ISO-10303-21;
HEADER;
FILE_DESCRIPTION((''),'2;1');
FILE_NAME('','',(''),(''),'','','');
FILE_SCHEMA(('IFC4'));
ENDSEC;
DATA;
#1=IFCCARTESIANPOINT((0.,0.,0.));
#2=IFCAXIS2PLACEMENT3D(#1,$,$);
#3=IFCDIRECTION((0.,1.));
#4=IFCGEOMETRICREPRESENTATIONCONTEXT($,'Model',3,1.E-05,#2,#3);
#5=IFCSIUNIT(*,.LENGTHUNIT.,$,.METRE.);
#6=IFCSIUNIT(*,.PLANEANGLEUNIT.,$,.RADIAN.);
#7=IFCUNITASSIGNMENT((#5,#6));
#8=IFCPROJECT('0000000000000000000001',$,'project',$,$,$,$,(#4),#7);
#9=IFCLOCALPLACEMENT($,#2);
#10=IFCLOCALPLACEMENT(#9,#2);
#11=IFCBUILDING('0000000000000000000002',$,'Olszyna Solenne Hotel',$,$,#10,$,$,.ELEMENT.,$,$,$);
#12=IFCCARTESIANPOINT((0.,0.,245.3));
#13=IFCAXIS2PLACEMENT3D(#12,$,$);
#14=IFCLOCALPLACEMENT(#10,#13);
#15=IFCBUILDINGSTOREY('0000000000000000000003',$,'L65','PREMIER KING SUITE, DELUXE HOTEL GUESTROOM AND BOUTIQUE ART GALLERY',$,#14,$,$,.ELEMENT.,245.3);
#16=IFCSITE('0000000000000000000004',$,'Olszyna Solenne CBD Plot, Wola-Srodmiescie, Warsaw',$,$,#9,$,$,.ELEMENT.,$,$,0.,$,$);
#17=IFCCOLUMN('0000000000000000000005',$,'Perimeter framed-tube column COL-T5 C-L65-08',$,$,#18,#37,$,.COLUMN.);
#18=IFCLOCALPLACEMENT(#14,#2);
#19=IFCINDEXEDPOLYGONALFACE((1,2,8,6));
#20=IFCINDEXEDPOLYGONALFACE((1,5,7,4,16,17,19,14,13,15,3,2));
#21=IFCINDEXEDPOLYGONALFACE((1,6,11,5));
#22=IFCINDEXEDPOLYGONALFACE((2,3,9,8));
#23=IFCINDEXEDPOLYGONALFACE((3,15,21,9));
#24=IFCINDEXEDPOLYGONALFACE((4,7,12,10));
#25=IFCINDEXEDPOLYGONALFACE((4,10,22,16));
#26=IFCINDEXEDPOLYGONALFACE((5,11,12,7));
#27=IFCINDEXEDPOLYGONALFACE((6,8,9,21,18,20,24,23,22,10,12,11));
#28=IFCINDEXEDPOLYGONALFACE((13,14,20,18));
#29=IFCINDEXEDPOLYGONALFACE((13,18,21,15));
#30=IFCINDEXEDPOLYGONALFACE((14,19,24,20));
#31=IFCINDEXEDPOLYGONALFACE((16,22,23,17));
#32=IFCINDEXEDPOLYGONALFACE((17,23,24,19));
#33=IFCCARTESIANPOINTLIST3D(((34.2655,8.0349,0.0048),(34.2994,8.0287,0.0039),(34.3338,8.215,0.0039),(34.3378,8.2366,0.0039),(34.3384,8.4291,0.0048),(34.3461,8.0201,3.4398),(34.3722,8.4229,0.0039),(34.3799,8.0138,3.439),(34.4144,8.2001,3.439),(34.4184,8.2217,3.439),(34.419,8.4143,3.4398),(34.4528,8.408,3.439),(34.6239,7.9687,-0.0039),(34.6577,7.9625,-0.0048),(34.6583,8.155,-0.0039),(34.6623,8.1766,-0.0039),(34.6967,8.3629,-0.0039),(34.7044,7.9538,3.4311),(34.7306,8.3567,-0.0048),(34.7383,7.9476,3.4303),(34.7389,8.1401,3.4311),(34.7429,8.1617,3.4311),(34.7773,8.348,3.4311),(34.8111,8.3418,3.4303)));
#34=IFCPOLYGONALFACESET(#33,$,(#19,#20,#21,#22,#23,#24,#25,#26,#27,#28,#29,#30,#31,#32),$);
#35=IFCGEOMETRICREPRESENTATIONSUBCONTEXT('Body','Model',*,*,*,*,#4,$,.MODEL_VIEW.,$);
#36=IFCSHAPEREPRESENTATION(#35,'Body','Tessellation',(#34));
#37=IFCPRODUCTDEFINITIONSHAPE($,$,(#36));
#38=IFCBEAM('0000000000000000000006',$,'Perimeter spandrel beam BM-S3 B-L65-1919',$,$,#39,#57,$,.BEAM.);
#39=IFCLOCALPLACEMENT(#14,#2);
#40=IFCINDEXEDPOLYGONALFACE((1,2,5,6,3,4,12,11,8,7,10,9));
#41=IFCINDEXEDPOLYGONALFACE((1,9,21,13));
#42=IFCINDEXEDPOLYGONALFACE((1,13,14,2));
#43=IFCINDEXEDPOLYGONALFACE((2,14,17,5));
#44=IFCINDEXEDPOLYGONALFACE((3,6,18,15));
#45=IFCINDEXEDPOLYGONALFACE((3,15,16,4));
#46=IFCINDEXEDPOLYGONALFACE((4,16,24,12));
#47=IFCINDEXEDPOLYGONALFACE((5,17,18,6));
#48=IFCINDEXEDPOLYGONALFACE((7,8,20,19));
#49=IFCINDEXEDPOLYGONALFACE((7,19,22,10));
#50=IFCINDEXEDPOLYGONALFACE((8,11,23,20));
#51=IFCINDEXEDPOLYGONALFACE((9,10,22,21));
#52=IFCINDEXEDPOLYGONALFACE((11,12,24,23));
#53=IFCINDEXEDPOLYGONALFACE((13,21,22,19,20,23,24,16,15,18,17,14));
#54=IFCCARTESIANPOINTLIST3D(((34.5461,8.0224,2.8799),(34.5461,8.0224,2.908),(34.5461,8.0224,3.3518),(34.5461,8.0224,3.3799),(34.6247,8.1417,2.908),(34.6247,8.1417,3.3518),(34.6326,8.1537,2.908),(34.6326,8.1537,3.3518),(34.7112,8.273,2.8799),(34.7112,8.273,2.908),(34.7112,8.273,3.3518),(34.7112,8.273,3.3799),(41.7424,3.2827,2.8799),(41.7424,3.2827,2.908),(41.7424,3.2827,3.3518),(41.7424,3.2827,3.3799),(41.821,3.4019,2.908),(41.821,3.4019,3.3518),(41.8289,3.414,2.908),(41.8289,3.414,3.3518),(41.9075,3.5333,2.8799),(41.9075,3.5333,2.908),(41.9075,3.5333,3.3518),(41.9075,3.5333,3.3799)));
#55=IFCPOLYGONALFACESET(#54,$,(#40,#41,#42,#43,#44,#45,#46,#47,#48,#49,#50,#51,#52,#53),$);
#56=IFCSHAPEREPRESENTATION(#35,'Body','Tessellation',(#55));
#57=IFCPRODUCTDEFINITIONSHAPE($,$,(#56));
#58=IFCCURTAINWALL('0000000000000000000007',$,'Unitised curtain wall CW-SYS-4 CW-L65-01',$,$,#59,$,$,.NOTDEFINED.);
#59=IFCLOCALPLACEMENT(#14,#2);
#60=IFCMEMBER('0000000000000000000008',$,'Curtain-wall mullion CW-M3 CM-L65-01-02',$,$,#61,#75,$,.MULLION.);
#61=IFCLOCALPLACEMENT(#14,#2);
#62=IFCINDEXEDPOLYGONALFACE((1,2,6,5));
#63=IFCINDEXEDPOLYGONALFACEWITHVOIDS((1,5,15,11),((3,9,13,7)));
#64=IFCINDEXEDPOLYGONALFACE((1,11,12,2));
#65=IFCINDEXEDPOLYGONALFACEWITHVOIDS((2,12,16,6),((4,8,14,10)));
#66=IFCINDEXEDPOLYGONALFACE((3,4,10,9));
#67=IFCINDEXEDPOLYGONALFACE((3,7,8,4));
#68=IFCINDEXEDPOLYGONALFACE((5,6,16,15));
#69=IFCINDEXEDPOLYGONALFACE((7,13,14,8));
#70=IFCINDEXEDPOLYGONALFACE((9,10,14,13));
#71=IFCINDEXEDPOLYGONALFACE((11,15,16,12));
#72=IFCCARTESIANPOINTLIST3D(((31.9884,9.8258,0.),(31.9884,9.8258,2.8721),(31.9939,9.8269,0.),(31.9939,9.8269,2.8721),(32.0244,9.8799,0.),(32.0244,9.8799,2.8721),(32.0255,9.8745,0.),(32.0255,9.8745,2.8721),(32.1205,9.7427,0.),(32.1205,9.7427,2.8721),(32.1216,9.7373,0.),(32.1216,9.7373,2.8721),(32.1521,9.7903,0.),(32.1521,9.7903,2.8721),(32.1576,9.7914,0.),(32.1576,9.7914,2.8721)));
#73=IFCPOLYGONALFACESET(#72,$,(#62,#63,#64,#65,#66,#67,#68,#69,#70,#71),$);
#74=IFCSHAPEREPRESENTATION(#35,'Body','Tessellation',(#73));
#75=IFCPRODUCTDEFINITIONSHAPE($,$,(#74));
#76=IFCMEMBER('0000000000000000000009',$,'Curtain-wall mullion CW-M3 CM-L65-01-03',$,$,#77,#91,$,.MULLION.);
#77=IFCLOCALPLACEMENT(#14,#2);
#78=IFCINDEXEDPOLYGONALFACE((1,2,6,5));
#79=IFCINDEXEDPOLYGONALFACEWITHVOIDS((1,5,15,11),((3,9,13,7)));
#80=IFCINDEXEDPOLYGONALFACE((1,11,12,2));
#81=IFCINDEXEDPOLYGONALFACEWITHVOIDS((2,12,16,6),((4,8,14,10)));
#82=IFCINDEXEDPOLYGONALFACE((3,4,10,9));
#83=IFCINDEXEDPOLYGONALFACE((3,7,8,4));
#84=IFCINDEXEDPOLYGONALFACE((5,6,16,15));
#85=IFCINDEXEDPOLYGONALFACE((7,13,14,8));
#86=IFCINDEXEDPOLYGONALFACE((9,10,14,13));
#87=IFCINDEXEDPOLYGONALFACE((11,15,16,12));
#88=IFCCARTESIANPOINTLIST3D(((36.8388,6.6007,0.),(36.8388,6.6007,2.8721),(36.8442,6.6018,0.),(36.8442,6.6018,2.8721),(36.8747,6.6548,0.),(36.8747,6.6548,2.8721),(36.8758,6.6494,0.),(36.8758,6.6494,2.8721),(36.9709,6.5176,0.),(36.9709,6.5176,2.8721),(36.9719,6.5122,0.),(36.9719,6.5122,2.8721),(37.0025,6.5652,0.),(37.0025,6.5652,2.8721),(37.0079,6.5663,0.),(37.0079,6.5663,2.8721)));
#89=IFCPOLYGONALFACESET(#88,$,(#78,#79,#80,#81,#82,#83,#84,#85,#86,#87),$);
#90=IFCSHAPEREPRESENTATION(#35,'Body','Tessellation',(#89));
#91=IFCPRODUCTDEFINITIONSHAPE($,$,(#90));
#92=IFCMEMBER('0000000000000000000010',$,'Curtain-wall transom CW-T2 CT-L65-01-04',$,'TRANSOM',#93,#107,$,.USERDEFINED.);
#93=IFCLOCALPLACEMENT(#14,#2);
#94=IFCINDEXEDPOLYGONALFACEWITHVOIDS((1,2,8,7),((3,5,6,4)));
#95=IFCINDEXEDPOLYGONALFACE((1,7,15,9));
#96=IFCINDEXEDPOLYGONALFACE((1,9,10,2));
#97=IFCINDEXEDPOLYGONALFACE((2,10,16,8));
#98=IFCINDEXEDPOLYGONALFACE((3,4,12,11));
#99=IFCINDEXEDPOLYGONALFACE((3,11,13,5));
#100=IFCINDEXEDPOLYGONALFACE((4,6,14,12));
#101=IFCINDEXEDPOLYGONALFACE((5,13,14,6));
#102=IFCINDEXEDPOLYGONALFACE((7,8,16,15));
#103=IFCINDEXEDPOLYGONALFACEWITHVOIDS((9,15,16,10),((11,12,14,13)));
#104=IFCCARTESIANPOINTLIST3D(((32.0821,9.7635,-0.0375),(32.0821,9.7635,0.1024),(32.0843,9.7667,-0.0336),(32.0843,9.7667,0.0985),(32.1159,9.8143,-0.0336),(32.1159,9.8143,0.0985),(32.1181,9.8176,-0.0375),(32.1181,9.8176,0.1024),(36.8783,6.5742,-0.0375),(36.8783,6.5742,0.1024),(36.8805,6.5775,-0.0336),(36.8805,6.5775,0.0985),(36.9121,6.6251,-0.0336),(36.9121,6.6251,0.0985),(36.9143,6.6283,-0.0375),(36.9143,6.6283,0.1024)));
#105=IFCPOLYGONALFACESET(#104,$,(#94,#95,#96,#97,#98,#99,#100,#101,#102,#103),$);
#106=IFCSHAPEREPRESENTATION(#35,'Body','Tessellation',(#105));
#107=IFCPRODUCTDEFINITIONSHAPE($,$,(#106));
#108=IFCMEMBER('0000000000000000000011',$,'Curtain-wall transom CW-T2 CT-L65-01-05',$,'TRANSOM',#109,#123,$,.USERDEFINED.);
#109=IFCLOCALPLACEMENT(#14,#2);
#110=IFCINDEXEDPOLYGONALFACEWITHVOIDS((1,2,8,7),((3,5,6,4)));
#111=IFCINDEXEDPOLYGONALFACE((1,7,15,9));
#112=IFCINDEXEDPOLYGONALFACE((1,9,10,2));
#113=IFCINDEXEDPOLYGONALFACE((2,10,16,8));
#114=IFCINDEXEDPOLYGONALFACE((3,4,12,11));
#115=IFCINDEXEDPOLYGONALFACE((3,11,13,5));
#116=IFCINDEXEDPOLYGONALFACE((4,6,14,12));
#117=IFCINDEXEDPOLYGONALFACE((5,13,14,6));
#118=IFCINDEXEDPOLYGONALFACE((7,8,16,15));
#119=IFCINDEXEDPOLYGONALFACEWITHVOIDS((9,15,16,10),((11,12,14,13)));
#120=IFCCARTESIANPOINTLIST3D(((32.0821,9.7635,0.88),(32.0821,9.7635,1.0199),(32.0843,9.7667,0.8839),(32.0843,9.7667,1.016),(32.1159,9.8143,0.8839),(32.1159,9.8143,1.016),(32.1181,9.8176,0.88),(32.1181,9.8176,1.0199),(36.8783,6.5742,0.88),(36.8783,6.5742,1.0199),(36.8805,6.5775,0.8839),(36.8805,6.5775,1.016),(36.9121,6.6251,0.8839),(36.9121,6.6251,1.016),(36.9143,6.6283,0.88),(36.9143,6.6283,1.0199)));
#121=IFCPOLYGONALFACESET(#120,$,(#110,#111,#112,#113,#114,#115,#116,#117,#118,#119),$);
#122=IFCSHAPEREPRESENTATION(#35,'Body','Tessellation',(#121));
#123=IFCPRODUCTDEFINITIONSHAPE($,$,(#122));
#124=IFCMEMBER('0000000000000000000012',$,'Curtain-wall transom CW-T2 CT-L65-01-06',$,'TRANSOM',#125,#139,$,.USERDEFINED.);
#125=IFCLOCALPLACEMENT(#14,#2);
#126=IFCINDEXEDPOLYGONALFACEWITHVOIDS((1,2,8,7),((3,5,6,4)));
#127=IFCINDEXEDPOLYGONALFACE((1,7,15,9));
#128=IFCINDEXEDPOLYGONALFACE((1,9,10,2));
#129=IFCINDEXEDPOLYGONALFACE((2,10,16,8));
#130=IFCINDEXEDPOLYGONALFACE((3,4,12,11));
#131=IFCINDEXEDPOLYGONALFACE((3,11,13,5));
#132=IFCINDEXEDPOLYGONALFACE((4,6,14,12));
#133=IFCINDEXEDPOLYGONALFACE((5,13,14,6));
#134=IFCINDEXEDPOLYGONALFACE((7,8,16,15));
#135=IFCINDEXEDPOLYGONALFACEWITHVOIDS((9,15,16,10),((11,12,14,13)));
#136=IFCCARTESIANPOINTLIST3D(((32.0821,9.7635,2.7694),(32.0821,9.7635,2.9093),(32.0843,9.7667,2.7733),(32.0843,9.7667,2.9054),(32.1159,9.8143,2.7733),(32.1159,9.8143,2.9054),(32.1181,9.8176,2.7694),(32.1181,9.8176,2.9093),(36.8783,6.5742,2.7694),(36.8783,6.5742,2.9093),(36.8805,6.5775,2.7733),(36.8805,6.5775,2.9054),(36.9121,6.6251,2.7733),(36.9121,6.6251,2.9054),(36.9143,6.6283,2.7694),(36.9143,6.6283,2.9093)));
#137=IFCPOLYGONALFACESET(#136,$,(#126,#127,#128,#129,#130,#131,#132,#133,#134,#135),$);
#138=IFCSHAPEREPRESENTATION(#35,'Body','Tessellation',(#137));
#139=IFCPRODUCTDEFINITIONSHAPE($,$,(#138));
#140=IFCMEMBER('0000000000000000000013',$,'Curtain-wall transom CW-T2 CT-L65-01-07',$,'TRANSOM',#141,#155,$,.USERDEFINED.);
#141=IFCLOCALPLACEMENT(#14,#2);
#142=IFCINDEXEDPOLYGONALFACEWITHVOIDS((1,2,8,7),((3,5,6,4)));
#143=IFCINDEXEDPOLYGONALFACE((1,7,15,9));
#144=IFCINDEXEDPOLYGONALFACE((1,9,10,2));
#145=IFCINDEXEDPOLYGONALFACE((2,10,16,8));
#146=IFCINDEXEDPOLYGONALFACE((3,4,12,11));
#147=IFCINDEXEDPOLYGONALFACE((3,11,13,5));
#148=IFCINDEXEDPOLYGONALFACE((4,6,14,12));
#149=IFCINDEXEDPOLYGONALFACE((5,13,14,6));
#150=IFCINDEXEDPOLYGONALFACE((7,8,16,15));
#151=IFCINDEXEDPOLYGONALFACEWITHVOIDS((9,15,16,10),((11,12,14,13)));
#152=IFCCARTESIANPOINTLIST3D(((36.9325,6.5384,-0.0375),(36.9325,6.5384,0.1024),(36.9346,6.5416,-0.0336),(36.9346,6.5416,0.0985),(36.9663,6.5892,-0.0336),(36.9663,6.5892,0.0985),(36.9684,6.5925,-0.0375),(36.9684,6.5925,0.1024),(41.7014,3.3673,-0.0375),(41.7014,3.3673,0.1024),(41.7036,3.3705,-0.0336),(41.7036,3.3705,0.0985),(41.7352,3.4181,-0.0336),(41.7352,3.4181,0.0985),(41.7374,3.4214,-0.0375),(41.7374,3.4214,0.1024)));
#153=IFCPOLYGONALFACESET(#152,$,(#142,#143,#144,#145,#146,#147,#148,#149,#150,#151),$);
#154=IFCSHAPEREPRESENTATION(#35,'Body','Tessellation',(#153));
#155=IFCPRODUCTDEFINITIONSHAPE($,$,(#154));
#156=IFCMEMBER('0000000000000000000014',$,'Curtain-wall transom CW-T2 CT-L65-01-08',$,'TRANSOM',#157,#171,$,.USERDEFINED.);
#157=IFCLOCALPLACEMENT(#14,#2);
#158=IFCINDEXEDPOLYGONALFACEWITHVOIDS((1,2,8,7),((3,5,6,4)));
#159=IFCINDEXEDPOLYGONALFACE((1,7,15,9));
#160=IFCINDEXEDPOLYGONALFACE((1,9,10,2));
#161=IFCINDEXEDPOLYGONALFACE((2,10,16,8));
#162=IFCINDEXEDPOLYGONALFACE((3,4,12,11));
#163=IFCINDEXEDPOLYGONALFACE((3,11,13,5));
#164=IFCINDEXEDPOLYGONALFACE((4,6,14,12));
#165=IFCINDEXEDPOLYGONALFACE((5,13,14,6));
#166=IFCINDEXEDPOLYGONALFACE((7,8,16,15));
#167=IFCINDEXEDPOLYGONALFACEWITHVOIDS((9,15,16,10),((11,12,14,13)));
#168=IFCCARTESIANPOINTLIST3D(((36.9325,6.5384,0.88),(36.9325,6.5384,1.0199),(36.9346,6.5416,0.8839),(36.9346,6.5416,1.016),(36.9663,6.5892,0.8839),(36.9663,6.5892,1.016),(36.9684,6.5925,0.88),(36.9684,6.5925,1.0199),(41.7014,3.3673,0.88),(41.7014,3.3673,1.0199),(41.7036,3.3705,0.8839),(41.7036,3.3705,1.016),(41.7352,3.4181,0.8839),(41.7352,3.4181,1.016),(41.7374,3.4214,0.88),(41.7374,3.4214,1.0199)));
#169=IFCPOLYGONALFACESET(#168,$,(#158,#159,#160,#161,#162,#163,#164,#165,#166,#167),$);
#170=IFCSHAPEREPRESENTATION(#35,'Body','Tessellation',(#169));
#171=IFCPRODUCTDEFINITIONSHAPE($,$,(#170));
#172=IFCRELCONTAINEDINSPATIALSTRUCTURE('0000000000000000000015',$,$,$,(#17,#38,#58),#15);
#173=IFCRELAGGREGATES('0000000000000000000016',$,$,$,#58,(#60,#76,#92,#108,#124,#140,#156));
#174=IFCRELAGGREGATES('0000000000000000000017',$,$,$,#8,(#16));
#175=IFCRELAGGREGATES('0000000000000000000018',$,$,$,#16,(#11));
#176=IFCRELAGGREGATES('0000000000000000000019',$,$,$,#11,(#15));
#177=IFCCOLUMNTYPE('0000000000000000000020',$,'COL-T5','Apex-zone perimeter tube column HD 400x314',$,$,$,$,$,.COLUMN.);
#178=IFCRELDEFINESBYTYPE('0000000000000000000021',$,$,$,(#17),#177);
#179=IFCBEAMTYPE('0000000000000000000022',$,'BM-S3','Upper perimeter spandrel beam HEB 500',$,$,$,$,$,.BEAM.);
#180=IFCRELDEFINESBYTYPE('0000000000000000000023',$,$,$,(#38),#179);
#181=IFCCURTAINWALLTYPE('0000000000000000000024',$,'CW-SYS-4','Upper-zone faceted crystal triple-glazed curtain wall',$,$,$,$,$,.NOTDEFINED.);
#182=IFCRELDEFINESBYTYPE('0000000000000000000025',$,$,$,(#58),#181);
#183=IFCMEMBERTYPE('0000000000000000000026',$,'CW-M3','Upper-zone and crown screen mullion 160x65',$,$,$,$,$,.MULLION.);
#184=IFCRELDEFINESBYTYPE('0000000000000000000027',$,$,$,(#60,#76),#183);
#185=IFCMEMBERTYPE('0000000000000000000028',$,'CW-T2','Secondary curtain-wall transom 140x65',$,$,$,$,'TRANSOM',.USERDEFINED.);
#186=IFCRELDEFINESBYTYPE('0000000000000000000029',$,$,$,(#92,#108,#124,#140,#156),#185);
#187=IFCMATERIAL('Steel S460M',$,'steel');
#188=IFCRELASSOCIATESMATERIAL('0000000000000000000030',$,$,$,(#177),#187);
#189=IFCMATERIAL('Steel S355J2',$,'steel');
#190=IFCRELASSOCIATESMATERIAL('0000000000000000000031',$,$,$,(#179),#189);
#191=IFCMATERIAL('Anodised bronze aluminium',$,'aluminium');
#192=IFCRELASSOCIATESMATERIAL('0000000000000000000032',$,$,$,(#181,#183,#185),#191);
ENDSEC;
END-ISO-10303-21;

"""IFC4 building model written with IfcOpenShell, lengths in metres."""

from ifc_helpers import new_model, si_unit, direction, frame, origin, origin_2d, place, context, subcontext, project, spatial, hollow_rectangle, i_section, extrude, source, transform, mapped, material, material_profile, profile_set, type_object, element, aggregate, save


model = new_model("IFC4")

# Units and contexts
model_context = context("Model", 3, precision=1e-05, world=origin(), true_north=direction((0.0, 1.0)))
body_context = subcontext(model_context, "Body", "Model", "MODEL_VIEW")
ifc_project = project(units=[si_unit("LENGTHUNIT", "METRE"), si_unit("PLANEANGLEUNIT", "RADIAN")], contexts=[model_context])

# Site, building, storey
site_placement = place(None, origin())
site = spatial("IfcSite", under=ifc_project, at=site_placement, Name="Olszyna Solenne CBD Plot, Wola-Srodmiescie, Warsaw", CompositionType="ELEMENT", RefElevation=0.0)
building_placement = place(site_placement, origin())
building = spatial("IfcBuilding", under=site, at=building_placement, Name="Olszyna Solenne Hotel", CompositionType="ELEMENT")
storey_placement = place(building_placement, frame((0.0, 0.0, 245.3)))
storey = spatial("IfcBuildingStorey", under=building, at=storey_placement, Name="L65", Description="PREMIER KING SUITE, DELUXE HOTEL GUESTROOM AND BOUTIQUE ART GALLERY", CompositionType="ELEMENT", Elevation=245.3)

# Column
ifc_material_1 = material(Name="Steel S460M", Category="steel")
ifc_material_profile_1 = material_profile(ifc_material_1, i_section(OverallWidth=0.4009, OverallDepth=0.3989, WebThickness=0.022, FlangeThickness=0.0344, at=origin_2d()), Name="HD 400x314", Category="load-bearing")
ifc_profile_set_1 = profile_set([ifc_material_profile_1], Name="Steel S460M")
column_type = type_object("IfcColumnType", Name="COL-T5", Description="Apex-zone perimeter tube column HD 400x314", PredefinedType="COLUMN", material=ifc_profile_set_1)
shared_shape_1 = source(origin(), body_context, "Body", "SweptSolid", [
    extrude(i_section(OverallWidth=0.4009, OverallDepth=0.3989, WebThickness=0.022, FlangeThickness=0.0344, at=origin_2d()), origin(), (0.0, 0.0, 1.0), 3.436),
])
column_placement = place(storey_placement, frame((34.498, 8.1958, 0.0), z_axis=(0.023447, -0.004334, 0.999716), x_axis=(0.181769, 0.983341, 0.0)))
element("IfcColumn", 1, at=column_placement, inside=storey, type_object=column_type, Name="Perimeter framed-tube column COL-T5 C-L65-08", PredefinedType="COLUMN", context=body_context, shape_type="MappedRepresentation", body=[
    mapped(shared_shape_1, transform((0.0, 0.0, 0.0), x_axis=(1.0, 0.0, 0.0), y_axis=(0.0, 1.0, 0.0), z_axis=(0.0, 0.0, 1.0), scale=1.0)),
])

# Beam
ifc_material_2 = material(Name="Steel S355J2", Category="steel")
ifc_material_profile_2 = material_profile(ifc_material_2, i_section(OverallWidth=0.3, OverallDepth=0.5, WebThickness=0.0144, FlangeThickness=0.0281, at=origin_2d()), Name="HEB 500", Category="load-bearing")
ifc_profile_set_2 = profile_set([ifc_material_profile_2], Name="Steel S355J2")
beam_type_1 = type_object("IfcBeamType", Name="BM-S3", Description="Upper perimeter spandrel beam HEB 500", PredefinedType="BEAM", material=ifc_profile_set_2)
shared_shape_2 = source(origin(), body_context, "Body", "SweptSolid", [
    extrude(i_section(OverallWidth=0.3, OverallDepth=0.5, WebThickness=0.0144, FlangeThickness=0.0281, at=origin_2d()), origin(), (0.0, 0.0, 1.0), 8.6169),
])
beam_1_placement = place(storey_placement, frame((34.6287, 8.1477, 3.1299), z_axis=(0.835132, -0.550049, 0.0), x_axis=(0.550049, 0.835132, 0.0)))
element("IfcBeam", 2, at=beam_1_placement, inside=storey, type_object=beam_type_1, Name="Perimeter spandrel beam BM-S3 B-L65-1919", PredefinedType="BEAM", context=body_context, shape_type="MappedRepresentation", body=[
    mapped(shared_shape_2, transform((0.0, 0.0, 0.0), x_axis=(1.0, 0.0, 0.0), y_axis=(0.0, 1.0, 0.0), z_axis=(0.0, 0.0, 1.0), scale=1.0)),
])

# Curtain wall, members
ifc_material_3 = material(Name="Anodised bronze aluminium", Category="aluminium")
curtain_wall_type = type_object("IfcCurtainWallType", Name="CW-SYS-4", Description="Upper-zone faceted crystal triple-glazed curtain wall", PredefinedType="NOTDEFINED", material=ifc_material_3)
curtain_wall_placement = place(storey_placement, origin())
curtain_wall = element("IfcCurtainWall", 3, at=curtain_wall_placement, inside=storey, type_object=curtain_wall_type, Name="Unitised curtain wall CW-SYS-4 CW-L65-01", PredefinedType="NOTDEFINED")
ifc_material_profile_3 = material_profile(ifc_material_3, hollow_rectangle(XDim=0.0649, YDim=0.1599, WallThickness=0.0039, at=origin_2d()), Name="MULL 160x65x4", Category="load-bearing")
ifc_profile_set_3 = profile_set([ifc_material_profile_3], Name="Anodised bronze aluminium")
member_type_1 = type_object("IfcMemberType", Name="CW-M3", Description="Upper-zone and crown screen mullion 160x65", PredefinedType="MULLION", material=ifc_profile_set_3)
shared_shape_3 = source(origin(), body_context, "Body", "SweptSolid", [
    extrude(hollow_rectangle(XDim=0.0649, YDim=0.1599, WallThickness=0.0039, at=origin_2d()), origin(), (0.0, 0.0, 1.0), 2.8721),
])
member_1_placement = place(storey_placement, frame((32.073, 9.8086, 0.0), z_axis=(0.0, 0.0, 1.0), x_axis=(0.553695, 0.83272, 0.0)))
member_1 = element("IfcMember", 4, at=member_1_placement, type_object=member_type_1, Name="Curtain-wall mullion CW-M3 CM-L65-01-02", PredefinedType="MULLION", context=body_context, shape_type="MappedRepresentation", body=[
    mapped(shared_shape_3, transform((0.0, 0.0, 0.0), x_axis=(1.0, 0.0, 0.0), y_axis=(0.0, 1.0, 0.0), z_axis=(0.0, 0.0, 1.0), scale=1.0)),
])
member_2_placement = place(storey_placement, frame((36.9233, 6.5835, 0.0), z_axis=(0.0, 0.0, 1.0), x_axis=(0.553695, 0.83272, 0.0)))
member_2 = element("IfcMember", 5, at=member_2_placement, type_object=member_type_1, Name="Curtain-wall mullion CW-M3 CM-L65-01-03", PredefinedType="MULLION", context=body_context, shape_type="MappedRepresentation", body=[
    mapped(shared_shape_3, transform((0.0, 0.0, 0.0), x_axis=(1.0, 0.0, 0.0), y_axis=(0.0, 1.0, 0.0), z_axis=(0.0, 0.0, 1.0), scale=1.0)),
])
ifc_material_profile_4 = material_profile(ifc_material_3, hollow_rectangle(XDim=0.0649, YDim=0.1399, WallThickness=0.0039, at=origin_2d()), Name="TRAN 140x65x4", Category="load-bearing")
ifc_profile_set_4 = profile_set([ifc_material_profile_4], Name="Anodised bronze aluminium")
member_type_2 = type_object("IfcMemberType", Name="CW-T2", Description="Secondary curtain-wall transom 140x65", ElementType="TRANSOM", PredefinedType="USERDEFINED", material=ifc_profile_set_4)
shared_shape_4 = source(origin(), body_context, "Body", "SweptSolid", [
    extrude(hollow_rectangle(XDim=0.0649, YDim=0.1399, WallThickness=0.0039, at=origin_2d()), origin(), (0.0, 0.0, 1.0), 5.7598),
])
member_3_placement = place(storey_placement, frame((32.1001, 9.7905, 0.0325), z_axis=(0.832708, -0.553712, 0.0), x_axis=(0.553712, 0.832708, 0.0)))
member_3 = element("IfcMember", 6, at=member_3_placement, type_object=member_type_2, Name="Curtain-wall transom CW-T2 CT-L65-01-04", ObjectType="TRANSOM", PredefinedType="USERDEFINED", context=body_context, shape_type="MappedRepresentation", body=[
    mapped(shared_shape_4, transform((0.0, 0.0, 0.0), x_axis=(1.0, 0.0, 0.0), y_axis=(0.0, 1.0, 0.0), z_axis=(0.0, 0.0, 1.0), scale=1.0)),
])
member_4_placement = place(storey_placement, frame((32.1001, 9.7905, 0.95), z_axis=(0.832708, -0.553712, 0.0), x_axis=(0.553712, 0.832708, 0.0)))
member_4 = element("IfcMember", 7, at=member_4_placement, type_object=member_type_2, Name="Curtain-wall transom CW-T2 CT-L65-01-05", ObjectType="TRANSOM", PredefinedType="USERDEFINED", context=body_context, shape_type="MappedRepresentation", body=[
    mapped(shared_shape_4, transform((0.0, 0.0, 0.0), x_axis=(1.0, 0.0, 0.0), y_axis=(0.0, 1.0, 0.0), z_axis=(0.0, 0.0, 1.0), scale=1.0)),
])
member_5_placement = place(storey_placement, frame((32.1001, 9.7905, 2.8394), z_axis=(0.832708, -0.553712, 0.0), x_axis=(0.553712, 0.832708, 0.0)))
member_5 = element("IfcMember", 8, at=member_5_placement, type_object=member_type_2, Name="Curtain-wall transom CW-T2 CT-L65-01-06", ObjectType="TRANSOM", PredefinedType="USERDEFINED", context=body_context, shape_type="MappedRepresentation", body=[
    mapped(shared_shape_4, transform((0.0, 0.0, 0.0), x_axis=(1.0, 0.0, 0.0), y_axis=(0.0, 1.0, 0.0), z_axis=(0.0, 0.0, 1.0), scale=1.0)),
])
shared_shape_5 = source(origin(), body_context, "Body", "SweptSolid", [
    extrude(hollow_rectangle(XDim=0.0649, YDim=0.1399, WallThickness=0.0039, at=origin_2d()), origin(), (0.0, 0.0, 1.0), 5.7271),
])
member_6_placement = place(storey_placement, frame((36.9504, 6.5654, 0.0325), z_axis=(0.832712, -0.553706, 0.0), x_axis=(0.553706, 0.832712, 0.0)))
member_6 = element("IfcMember", 9, at=member_6_placement, type_object=member_type_2, Name="Curtain-wall transom CW-T2 CT-L65-01-07", ObjectType="TRANSOM", PredefinedType="USERDEFINED", context=body_context, shape_type="MappedRepresentation", body=[
    mapped(shared_shape_5, transform((0.0, 0.0, 0.0), x_axis=(1.0, 0.0, 0.0), y_axis=(0.0, 1.0, 0.0), z_axis=(0.0, 0.0, 1.0), scale=1.0)),
])
member_7_placement = place(storey_placement, frame((36.9504, 6.5654, 0.95), z_axis=(0.832712, -0.553706, 0.0), x_axis=(0.553706, 0.832712, 0.0)))
member_7 = element("IfcMember", 10, at=member_7_placement, type_object=member_type_2, Name="Curtain-wall transom CW-T2 CT-L65-01-08", ObjectType="TRANSOM", PredefinedType="USERDEFINED", context=body_context, shape_type="MappedRepresentation", body=[
    mapped(shared_shape_5, transform((0.0, 0.0, 0.0), x_axis=(1.0, 0.0, 0.0), y_axis=(0.0, 1.0, 0.0), z_axis=(0.0, 0.0, 1.0), scale=1.0)),
])

aggregate(curtain_wall, [member_1, member_2, member_3, member_4, member_5, member_6, member_7])

save(model, "model.ifc")
